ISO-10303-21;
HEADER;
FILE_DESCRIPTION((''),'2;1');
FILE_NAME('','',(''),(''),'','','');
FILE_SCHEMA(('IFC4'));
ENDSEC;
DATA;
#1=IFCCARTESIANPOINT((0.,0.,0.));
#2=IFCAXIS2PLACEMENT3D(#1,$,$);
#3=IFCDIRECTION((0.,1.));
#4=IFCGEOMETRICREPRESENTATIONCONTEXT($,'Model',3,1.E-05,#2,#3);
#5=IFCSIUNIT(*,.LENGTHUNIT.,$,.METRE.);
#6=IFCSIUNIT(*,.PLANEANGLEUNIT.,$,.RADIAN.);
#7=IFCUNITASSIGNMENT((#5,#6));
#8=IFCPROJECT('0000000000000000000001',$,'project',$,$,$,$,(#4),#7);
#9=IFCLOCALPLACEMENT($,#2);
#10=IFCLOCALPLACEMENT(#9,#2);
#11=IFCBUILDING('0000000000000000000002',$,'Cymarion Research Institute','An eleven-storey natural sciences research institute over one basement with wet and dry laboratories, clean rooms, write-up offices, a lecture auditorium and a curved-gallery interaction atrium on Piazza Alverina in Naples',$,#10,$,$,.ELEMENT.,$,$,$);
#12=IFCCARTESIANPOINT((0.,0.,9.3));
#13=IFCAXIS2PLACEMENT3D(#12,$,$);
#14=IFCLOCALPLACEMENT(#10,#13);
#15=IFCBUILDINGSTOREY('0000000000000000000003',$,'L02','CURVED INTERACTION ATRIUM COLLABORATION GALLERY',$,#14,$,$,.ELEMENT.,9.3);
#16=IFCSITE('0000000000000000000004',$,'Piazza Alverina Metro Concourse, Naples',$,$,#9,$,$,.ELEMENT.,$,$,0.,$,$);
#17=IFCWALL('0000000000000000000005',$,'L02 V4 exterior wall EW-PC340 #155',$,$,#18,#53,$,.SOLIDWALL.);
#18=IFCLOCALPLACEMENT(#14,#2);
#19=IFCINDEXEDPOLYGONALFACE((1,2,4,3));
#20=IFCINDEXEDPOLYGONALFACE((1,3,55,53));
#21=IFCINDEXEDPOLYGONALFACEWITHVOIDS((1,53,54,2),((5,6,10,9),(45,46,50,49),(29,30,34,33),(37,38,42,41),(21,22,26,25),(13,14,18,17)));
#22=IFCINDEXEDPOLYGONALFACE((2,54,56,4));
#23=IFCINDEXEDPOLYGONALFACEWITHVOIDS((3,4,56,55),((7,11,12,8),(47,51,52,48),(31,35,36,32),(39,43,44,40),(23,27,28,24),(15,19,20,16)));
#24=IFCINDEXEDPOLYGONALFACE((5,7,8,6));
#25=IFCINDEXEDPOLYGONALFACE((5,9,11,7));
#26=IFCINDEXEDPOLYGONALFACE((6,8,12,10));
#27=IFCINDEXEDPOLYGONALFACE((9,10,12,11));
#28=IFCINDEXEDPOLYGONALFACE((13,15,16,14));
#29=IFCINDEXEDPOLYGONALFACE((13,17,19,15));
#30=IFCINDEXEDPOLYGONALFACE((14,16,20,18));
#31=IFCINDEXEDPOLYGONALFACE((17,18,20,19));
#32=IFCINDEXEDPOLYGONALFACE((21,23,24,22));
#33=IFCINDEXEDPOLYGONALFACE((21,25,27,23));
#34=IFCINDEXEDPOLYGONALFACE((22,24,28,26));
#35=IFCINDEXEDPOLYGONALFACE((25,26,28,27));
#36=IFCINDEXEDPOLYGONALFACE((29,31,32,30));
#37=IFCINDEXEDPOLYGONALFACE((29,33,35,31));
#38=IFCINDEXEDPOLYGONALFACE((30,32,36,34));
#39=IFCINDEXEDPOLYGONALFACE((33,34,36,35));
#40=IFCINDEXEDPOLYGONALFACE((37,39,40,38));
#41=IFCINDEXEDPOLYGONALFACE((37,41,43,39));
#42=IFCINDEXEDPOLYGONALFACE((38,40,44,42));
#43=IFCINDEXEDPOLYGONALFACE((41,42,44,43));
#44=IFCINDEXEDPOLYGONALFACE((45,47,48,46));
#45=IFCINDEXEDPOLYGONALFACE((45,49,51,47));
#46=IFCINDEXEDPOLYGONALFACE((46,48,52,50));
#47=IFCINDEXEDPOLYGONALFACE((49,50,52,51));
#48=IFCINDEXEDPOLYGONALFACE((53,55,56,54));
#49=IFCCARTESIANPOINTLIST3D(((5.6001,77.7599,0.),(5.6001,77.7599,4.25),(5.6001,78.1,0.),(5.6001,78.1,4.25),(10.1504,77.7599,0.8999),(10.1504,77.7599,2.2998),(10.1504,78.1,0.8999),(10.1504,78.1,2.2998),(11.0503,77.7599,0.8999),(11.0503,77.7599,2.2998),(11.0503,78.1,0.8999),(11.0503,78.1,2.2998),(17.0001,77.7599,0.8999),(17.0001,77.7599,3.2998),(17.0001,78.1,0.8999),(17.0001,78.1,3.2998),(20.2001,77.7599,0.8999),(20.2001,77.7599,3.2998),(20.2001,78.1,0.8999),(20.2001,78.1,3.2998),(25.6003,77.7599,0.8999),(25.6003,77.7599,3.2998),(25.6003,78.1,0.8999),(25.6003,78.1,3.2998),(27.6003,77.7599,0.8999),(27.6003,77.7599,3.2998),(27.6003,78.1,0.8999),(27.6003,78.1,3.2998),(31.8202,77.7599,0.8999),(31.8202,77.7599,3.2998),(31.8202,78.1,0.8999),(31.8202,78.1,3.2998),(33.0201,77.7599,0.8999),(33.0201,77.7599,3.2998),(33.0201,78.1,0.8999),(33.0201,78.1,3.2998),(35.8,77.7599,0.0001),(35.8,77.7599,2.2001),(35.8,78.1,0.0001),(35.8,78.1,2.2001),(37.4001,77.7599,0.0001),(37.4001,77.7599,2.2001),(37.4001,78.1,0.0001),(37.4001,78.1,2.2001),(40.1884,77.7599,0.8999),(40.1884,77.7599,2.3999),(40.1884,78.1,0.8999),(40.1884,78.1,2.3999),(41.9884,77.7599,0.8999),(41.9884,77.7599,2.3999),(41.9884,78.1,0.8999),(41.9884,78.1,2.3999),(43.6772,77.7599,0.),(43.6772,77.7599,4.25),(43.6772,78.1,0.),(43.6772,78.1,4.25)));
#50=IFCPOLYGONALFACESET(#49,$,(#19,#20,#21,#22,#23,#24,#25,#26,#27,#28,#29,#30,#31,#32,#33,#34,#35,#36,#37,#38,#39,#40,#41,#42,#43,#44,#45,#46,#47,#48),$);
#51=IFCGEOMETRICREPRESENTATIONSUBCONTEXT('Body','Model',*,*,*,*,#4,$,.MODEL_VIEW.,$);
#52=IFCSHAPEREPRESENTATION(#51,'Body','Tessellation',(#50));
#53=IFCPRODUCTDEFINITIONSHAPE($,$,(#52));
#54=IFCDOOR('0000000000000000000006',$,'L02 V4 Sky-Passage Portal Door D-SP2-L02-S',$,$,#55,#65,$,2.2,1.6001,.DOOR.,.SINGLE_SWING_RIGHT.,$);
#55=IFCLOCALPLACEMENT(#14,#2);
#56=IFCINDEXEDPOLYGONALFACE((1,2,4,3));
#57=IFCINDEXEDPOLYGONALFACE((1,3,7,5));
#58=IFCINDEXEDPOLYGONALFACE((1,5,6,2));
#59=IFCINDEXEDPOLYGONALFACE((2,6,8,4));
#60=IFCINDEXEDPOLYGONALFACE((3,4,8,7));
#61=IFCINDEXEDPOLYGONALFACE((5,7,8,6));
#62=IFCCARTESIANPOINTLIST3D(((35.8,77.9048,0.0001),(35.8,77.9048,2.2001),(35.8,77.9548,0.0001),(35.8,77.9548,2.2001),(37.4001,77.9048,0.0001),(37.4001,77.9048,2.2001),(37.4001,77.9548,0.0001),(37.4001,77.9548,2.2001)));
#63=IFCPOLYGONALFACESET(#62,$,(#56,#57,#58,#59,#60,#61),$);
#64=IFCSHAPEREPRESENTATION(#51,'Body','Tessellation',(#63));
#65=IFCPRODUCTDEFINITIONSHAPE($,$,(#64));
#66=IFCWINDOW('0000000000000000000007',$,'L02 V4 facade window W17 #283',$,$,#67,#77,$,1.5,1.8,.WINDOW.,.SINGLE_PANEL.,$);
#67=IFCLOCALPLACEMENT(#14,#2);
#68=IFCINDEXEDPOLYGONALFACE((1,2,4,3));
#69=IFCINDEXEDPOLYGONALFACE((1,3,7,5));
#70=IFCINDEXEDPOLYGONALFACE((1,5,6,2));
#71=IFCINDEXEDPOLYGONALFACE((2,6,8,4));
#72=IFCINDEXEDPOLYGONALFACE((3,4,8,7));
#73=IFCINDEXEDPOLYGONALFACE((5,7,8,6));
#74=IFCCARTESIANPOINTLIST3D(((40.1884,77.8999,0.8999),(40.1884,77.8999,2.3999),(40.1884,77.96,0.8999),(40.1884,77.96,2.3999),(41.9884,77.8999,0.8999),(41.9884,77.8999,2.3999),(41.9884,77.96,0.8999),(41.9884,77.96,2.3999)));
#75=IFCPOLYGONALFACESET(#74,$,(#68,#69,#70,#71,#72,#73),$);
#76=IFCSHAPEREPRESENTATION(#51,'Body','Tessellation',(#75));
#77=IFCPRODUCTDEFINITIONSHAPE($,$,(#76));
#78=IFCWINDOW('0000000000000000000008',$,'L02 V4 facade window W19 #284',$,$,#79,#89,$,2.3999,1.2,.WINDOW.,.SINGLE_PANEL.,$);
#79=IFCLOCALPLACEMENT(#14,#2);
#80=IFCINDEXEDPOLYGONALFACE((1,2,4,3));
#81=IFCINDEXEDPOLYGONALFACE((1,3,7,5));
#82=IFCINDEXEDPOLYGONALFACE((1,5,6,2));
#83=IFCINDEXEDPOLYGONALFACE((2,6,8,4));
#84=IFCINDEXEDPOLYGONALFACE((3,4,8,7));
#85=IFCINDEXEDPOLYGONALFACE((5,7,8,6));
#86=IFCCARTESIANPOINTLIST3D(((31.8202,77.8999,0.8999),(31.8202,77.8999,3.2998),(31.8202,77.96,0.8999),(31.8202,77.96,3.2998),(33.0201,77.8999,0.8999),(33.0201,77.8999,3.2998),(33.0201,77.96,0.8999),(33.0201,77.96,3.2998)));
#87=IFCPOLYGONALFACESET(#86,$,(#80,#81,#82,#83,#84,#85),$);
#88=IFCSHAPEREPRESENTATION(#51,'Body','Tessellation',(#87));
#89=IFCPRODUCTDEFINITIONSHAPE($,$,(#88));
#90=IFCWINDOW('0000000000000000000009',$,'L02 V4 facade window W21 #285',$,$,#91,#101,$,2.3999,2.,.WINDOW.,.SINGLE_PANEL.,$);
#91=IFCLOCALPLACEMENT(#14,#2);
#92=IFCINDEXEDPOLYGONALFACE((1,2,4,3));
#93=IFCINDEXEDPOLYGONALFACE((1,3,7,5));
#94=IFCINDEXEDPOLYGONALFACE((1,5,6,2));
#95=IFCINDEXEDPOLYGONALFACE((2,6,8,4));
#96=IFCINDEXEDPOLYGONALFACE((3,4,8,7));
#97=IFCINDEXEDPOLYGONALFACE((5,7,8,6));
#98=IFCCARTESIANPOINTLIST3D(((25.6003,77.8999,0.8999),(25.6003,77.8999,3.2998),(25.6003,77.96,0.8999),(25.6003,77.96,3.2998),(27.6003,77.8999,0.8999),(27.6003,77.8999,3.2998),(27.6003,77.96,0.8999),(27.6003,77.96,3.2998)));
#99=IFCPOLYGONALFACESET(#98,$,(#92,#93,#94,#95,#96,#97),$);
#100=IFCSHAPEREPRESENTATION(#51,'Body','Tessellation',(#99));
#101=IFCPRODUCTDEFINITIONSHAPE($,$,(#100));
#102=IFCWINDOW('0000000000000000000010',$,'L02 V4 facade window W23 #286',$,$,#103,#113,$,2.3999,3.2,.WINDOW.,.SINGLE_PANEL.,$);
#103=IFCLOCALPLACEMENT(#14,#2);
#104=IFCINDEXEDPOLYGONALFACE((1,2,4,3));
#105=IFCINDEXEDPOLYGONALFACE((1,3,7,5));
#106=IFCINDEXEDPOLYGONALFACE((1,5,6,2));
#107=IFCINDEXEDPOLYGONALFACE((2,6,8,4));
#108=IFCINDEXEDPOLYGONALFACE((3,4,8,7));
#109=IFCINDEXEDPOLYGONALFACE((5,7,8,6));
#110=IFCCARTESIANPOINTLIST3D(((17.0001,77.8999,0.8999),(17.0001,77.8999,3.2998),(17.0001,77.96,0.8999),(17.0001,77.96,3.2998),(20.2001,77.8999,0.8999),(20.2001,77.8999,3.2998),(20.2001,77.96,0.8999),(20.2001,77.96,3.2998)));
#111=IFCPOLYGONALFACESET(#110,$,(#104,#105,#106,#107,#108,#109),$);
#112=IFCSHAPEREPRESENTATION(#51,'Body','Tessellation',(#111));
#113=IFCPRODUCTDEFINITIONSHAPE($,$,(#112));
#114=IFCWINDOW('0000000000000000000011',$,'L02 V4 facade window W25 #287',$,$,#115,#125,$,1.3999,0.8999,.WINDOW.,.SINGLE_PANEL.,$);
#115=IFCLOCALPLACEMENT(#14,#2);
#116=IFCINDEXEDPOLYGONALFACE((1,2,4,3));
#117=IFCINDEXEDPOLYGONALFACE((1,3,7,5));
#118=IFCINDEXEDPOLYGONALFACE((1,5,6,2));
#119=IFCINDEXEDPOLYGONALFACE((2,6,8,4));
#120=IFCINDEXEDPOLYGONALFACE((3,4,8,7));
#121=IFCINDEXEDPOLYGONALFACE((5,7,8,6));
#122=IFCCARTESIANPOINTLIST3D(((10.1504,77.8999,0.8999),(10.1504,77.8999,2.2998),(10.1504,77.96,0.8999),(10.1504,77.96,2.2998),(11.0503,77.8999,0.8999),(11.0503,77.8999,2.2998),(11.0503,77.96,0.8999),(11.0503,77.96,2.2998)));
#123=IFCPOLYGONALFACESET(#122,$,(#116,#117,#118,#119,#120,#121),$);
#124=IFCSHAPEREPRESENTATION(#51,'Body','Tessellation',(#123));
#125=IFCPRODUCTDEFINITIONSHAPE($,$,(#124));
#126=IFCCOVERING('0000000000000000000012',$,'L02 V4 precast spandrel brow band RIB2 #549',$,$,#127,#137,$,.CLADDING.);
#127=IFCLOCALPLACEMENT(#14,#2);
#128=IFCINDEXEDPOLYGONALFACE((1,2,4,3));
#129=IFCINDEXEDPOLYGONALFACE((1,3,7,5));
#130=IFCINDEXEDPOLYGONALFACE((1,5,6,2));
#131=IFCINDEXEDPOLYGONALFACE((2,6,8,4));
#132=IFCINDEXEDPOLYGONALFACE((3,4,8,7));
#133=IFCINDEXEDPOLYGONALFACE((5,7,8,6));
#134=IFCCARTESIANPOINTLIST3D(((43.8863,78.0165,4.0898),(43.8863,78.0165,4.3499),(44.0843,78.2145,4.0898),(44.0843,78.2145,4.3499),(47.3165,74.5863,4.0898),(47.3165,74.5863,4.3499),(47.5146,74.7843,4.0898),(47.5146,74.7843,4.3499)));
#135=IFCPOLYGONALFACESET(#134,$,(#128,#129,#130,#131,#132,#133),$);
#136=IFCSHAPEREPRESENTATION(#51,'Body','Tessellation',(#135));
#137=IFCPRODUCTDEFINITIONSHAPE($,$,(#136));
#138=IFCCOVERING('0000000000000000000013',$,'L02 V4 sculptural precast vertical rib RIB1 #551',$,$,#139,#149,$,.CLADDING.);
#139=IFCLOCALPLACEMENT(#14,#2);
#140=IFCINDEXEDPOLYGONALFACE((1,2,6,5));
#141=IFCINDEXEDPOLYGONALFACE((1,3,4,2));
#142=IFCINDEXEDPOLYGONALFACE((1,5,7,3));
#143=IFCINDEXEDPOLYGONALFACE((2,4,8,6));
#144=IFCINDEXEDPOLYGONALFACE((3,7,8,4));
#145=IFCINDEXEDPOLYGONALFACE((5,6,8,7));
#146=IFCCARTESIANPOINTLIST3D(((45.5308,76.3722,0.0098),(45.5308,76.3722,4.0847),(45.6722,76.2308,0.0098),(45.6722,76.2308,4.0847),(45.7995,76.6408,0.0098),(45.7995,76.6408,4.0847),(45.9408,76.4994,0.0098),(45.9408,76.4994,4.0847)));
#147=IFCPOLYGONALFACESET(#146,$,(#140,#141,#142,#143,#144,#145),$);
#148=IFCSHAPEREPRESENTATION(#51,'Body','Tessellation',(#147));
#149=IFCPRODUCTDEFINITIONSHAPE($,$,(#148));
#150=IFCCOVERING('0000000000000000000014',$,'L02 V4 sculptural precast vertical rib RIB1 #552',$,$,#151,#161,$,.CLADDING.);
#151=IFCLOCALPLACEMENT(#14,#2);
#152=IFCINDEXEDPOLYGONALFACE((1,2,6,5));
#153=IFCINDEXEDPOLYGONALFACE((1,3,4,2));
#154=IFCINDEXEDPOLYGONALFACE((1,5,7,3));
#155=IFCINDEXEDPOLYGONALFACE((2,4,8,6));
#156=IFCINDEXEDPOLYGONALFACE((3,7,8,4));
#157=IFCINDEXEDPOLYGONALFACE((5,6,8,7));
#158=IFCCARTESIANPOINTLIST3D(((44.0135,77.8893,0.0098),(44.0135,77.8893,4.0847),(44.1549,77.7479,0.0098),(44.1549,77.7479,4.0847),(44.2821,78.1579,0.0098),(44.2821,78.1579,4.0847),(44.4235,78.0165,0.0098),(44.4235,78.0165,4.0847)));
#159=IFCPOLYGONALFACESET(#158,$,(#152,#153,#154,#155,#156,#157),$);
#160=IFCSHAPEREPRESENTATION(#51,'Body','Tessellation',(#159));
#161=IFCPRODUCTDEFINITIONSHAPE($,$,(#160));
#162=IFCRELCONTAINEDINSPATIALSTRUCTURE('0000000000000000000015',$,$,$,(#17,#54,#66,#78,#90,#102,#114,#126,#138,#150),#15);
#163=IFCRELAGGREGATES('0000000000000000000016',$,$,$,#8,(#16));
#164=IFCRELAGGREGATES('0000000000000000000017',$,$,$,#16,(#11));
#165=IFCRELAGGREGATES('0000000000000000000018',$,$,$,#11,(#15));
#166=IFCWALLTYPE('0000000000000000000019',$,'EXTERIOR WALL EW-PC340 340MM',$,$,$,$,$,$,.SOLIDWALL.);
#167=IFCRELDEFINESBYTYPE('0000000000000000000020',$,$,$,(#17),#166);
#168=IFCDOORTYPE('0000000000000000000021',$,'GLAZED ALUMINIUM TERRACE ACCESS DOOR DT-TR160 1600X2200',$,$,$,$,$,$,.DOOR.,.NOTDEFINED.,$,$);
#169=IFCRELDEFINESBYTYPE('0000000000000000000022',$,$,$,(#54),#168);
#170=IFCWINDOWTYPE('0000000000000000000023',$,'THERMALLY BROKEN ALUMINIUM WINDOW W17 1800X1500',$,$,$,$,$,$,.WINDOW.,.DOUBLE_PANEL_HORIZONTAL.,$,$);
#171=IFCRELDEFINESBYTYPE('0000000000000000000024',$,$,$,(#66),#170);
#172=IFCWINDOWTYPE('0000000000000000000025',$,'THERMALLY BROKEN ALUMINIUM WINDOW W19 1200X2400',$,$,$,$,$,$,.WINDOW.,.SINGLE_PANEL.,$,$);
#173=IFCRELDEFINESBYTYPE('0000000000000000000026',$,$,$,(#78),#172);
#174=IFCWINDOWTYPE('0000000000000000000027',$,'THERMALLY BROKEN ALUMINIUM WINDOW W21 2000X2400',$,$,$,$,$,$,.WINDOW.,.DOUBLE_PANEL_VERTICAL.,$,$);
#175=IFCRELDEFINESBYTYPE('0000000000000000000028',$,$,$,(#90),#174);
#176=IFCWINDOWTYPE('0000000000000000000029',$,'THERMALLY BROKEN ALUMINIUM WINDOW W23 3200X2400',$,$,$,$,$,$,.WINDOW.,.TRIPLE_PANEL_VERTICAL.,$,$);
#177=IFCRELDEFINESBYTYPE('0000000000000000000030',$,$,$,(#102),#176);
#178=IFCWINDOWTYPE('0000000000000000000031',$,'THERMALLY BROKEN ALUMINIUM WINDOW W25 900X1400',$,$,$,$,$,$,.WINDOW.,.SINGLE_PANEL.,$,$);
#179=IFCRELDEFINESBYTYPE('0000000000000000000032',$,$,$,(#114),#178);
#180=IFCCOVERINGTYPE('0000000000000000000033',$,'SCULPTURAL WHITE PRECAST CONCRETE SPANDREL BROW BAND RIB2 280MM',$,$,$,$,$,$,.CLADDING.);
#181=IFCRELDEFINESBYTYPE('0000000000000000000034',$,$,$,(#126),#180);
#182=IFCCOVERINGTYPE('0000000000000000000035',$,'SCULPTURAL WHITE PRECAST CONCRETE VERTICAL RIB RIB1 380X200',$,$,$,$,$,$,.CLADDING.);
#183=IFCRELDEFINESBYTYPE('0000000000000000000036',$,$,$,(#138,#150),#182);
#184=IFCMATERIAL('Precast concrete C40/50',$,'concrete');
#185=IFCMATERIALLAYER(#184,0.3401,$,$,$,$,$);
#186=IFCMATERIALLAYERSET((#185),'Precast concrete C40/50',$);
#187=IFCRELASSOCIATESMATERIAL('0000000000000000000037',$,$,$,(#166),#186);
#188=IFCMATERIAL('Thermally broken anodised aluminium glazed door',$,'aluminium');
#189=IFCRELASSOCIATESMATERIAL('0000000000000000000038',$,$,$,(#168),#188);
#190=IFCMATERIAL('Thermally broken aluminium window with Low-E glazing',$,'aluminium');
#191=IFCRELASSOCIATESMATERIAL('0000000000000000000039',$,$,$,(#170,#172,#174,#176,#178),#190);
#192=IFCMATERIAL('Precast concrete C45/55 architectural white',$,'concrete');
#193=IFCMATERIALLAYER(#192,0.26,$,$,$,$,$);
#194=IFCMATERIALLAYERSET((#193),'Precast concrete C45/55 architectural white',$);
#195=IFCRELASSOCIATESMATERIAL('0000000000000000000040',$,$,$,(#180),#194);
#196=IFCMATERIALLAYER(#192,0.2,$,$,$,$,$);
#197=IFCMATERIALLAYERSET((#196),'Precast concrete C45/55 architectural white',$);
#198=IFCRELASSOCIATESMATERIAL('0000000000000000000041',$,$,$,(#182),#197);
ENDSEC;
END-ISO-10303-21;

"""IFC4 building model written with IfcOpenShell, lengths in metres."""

from ifc_helpers import new_model, si_unit, direction, frame, frame_2d, origin, origin_2d, place, context, subcontext, project, spatial, rectangle, extrude, material, layer, layer_set, type_object, element, fill, save


model = new_model("IFC4")

# Units and contexts
model_context = context("Model", 3, precision=1e-05, world=origin(), true_north=direction((0.0, 1.0)))
body_context = subcontext(model_context, "Body", "Model", "MODEL_VIEW")
ifc_project = project(units=[si_unit("LENGTHUNIT", "METRE"), si_unit("PLANEANGLEUNIT", "RADIAN")], contexts=[model_context])

# Site, building, storey
site_placement = place(None, origin())
site = spatial("IfcSite", under=ifc_project, at=site_placement, Name="Piazza Alverina Metro Concourse, Naples", CompositionType="ELEMENT", RefElevation=0.0)
building_placement = place(site_placement, origin())
building = spatial("IfcBuilding", under=site, at=building_placement, Name="Cymarion Research Institute", Description="An eleven-storey natural sciences research institute over one basement with wet and dry laboratories, clean rooms, write-up offices, a lecture auditorium and a curved-gallery interaction atrium on Piazza Alverina in Naples", CompositionType="ELEMENT")
storey_placement = place(building_placement, frame((0.0, 0.0, 9.3)))
storey = spatial("IfcBuildingStorey", under=building, at=storey_placement, Name="L02", Description="CURVED INTERACTION ATRIUM COLLABORATION GALLERY", CompositionType="ELEMENT", Elevation=9.3)

# Wall, openings, door, windows
ifc_material_1 = material(Name="Precast concrete C40/50", Category="concrete")
ifc_layer_1 = layer(ifc_material_1, 0.3401)
ifc_layer_set_1 = layer_set([ifc_layer_1], Name="Precast concrete C40/50")
wall_type = type_object("IfcWallType", Name="EXTERIOR WALL EW-PC340 340MM", PredefinedType="SOLIDWALL", material=ifc_layer_set_1)
wall_placement = place(storey_placement, frame((43.6772, 77.9299, 0.0), z_axis=(0.0, 0.0, 1.0), x_axis=(-1.0, 0.0, 0.0)))
wall = element("IfcWall", 1, at=wall_placement, inside=storey, type_object=wall_type, Name="L02 V4 exterior wall EW-PC340 #155", PredefinedType="SOLIDWALL", context=body_context, shape_type="SweptSolid", body=[
    extrude(rectangle(XDim=38.0771, YDim=0.3401, at=frame_2d((19.0386, 0.0))), origin(), (0.0, 0.0, 1.0), 4.25),
])
opening_1_placement = place(wall_placement, frame((6.2771, 0.0, 0.0)))
opening_1 = element("IfcOpeningElement", 2, at=opening_1_placement, cuts=wall, PredefinedType="OPENING", context=body_context, shape_type="SweptSolid", body=[
    extrude(rectangle(XDim=1.6001, YDim=2.2, at=frame_2d((0.8, 1.1001))), frame((0.0, 0.1799, 0.0), z_axis=(0.0, -1.0, 0.0), x_axis=(1.0, 0.0, 0.0)), (0.0, 0.0, 1.0), 0.3601),
])
opening_2_placement = place(wall_placement, frame((1.689, 0.0, 0.8999)))
opening_2 = element("IfcOpeningElement", 3, at=opening_2_placement, cuts=wall, PredefinedType="OPENING", context=body_context, shape_type="SweptSolid", body=[
    extrude(rectangle(XDim=1.8, YDim=1.5, at=frame_2d((0.8999, 0.75))), frame((0.0, 0.1799, 0.0), z_axis=(0.0, -1.0, 0.0), x_axis=(1.0, 0.0, 0.0)), (0.0, 0.0, 1.0), 0.3601),
])
opening_3_placement = place(wall_placement, frame((10.657, 0.0, 0.8999)))
opening_3 = element("IfcOpeningElement", 4, at=opening_3_placement, cuts=wall, PredefinedType="OPENING", context=body_context, shape_type="SweptSolid", body=[
    extrude(rectangle(XDim=1.2, YDim=2.3999, at=frame_2d((0.6001, 1.2))), frame((0.0, 0.1799, 0.0), z_axis=(0.0, -1.0, 0.0), x_axis=(1.0, 0.0, 0.0)), (0.0, 0.0, 1.0), 0.3601),
])
opening_4_placement = place(wall_placement, frame((16.0769, 0.0, 0.8999)))
opening_4 = element("IfcOpeningElement", 5, at=opening_4_placement, cuts=wall, PredefinedType="OPENING", context=body_context, shape_type="SweptSolid", body=[
    extrude(rectangle(XDim=2.0, YDim=2.3999, at=frame_2d((1.0, 1.2))), frame((0.0, 0.1799, 0.0), z_axis=(0.0, -1.0, 0.0), x_axis=(1.0, 0.0, 0.0)), (0.0, 0.0, 1.0), 0.3601),
])
opening_5_placement = place(wall_placement, frame((23.4771, 0.0, 0.8999)))
opening_5 = element("IfcOpeningElement", 6, at=opening_5_placement, cuts=wall, PredefinedType="OPENING", context=body_context, shape_type="SweptSolid", body=[
    extrude(rectangle(XDim=3.2, YDim=2.3999, at=frame_2d((1.6001, 1.2))), frame((0.0, 0.1799, 0.0), z_axis=(0.0, -1.0, 0.0), x_axis=(1.0, 0.0, 0.0)), (0.0, 0.0, 1.0), 0.3601),
])
opening_6_placement = place(wall_placement, frame((32.627, 0.0, 0.8999)))
opening_6 = element("IfcOpeningElement", 7, at=opening_6_placement, cuts=wall, PredefinedType="OPENING", context=body_context, shape_type="SweptSolid", body=[
    extrude(rectangle(XDim=0.8999, YDim=1.3999, at=frame_2d((0.45, 0.7))), frame((0.0, 0.1799, 0.0), z_axis=(0.0, -1.0, 0.0), x_axis=(1.0, 0.0, 0.0)), (0.0, 0.0, 1.0), 0.3601),
])
ifc_material_2 = material(Name="Thermally broken anodised aluminium glazed door", Category="aluminium")
door_type = type_object("IfcDoorType", Name="GLAZED ALUMINIUM TERRACE ACCESS DOOR DT-TR160 1600X2200", OperationType="NOTDEFINED", PredefinedType="DOOR", material=ifc_material_2)
door_placement = place(opening_1_placement, frame((1.6001, 0.0, 0.0), z_axis=(0.0, 0.0, 1.0), x_axis=(-1.0, 0.0, 0.0)))
door = element("IfcDoor", 8, at=door_placement, inside=storey, type_object=door_type, Name="L02 V4 Sky-Passage Portal Door D-SP2-L02-S", OperationType="SINGLE_SWING_RIGHT", OverallHeight=2.2, OverallWidth=1.6001, PredefinedType="DOOR", context=body_context, shape_type="SweptSolid", body=[
    extrude(rectangle(XDim=1.6001, YDim=2.2, at=frame_2d((0.8, 1.1001))), frame((0.0, 0.0249, 0.0), z_axis=(0.0, -1.0, 0.0), x_axis=(1.0, 0.0, 0.0)), (0.0, 0.0, 1.0), 0.05),
])
fill(opening_1, door)
ifc_material_3 = material(Name="Thermally broken aluminium window with Low-E glazing", Category="aluminium")
window_type_1 = type_object("IfcWindowType", Name="THERMALLY BROKEN ALUMINIUM WINDOW W17 1800X1500", PartitioningType="DOUBLE_PANEL_HORIZONTAL", PredefinedType="WINDOW", material=ifc_material_3)
window_1_placement = place(opening_2_placement, origin())
window_1 = element("IfcWindow", 9, at=window_1_placement, inside=storey, type_object=window_type_1, Name="L02 V4 facade window W17 #283", OverallHeight=1.5, OverallWidth=1.8, PartitioningType="SINGLE_PANEL", PredefinedType="WINDOW", context=body_context, shape_type="SweptSolid", body=[
    extrude(rectangle(XDim=1.8, YDim=1.5, at=frame_2d((0.8999, 0.75))), frame((0.0, 0.03, 0.0), z_axis=(0.0, -1.0, 0.0), x_axis=(1.0, 0.0, 0.0)), (0.0, 0.0, 1.0), 0.0601),
])
fill(opening_2, window_1)
window_type_2 = type_object("IfcWindowType", Name="THERMALLY BROKEN ALUMINIUM WINDOW W19 1200X2400", PartitioningType="SINGLE_PANEL", PredefinedType="WINDOW", material=ifc_material_3)
window_2_placement = place(opening_3_placement, origin())
window_2 = element("IfcWindow", 10, at=window_2_placement, inside=storey, type_object=window_type_2, Name="L02 V4 facade window W19 #284", OverallHeight=2.3999, OverallWidth=1.2, PartitioningType="SINGLE_PANEL", PredefinedType="WINDOW", context=body_context, shape_type="SweptSolid", body=[
    extrude(rectangle(XDim=1.2, YDim=2.3999, at=frame_2d((0.6001, 1.2))), frame((0.0, 0.03, 0.0), z_axis=(0.0, -1.0, 0.0), x_axis=(1.0, 0.0, 0.0)), (0.0, 0.0, 1.0), 0.0601),
])
fill(opening_3, window_2)
window_type_3 = type_object("IfcWindowType", Name="THERMALLY BROKEN ALUMINIUM WINDOW W21 2000X2400", PartitioningType="DOUBLE_PANEL_VERTICAL", PredefinedType="WINDOW", material=ifc_material_3)
window_3_placement = place(opening_4_placement, origin())
window_3 = element("IfcWindow", 11, at=window_3_placement, inside=storey, type_object=window_type_3, Name="L02 V4 facade window W21 #285", OverallHeight=2.3999, OverallWidth=2.0, PartitioningType="SINGLE_PANEL", PredefinedType="WINDOW", context=body_context, shape_type="SweptSolid", body=[
    extrude(rectangle(XDim=2.0, YDim=2.3999, at=frame_2d((1.0, 1.2))), frame((0.0, 0.03, 0.0), z_axis=(0.0, -1.0, 0.0), x_axis=(1.0, 0.0, 0.0)), (0.0, 0.0, 1.0), 0.0601),
])
fill(opening_4, window_3)
window_type_4 = type_object("IfcWindowType", Name="THERMALLY BROKEN ALUMINIUM WINDOW W23 3200X2400", PartitioningType="TRIPLE_PANEL_VERTICAL", PredefinedType="WINDOW", material=ifc_material_3)
window_4_placement = place(opening_5_placement, origin())
window_4 = element("IfcWindow", 12, at=window_4_placement, inside=storey, type_object=window_type_4, Name="L02 V4 facade window W23 #286", OverallHeight=2.3999, OverallWidth=3.2, PartitioningType="SINGLE_PANEL", PredefinedType="WINDOW", context=body_context, shape_type="SweptSolid", body=[
    extrude(rectangle(XDim=3.2, YDim=2.3999, at=frame_2d((1.6001, 1.2))), frame((0.0, 0.03, 0.0), z_axis=(0.0, -1.0, 0.0), x_axis=(1.0, 0.0, 0.0)), (0.0, 0.0, 1.0), 0.0601),
])
fill(opening_5, window_4)
window_type_5 = type_object("IfcWindowType", Name="THERMALLY BROKEN ALUMINIUM WINDOW W25 900X1400", PartitioningType="SINGLE_PANEL", PredefinedType="WINDOW", material=ifc_material_3)
window_5_placement = place(opening_6_placement, origin())
window_5 = element("IfcWindow", 13, at=window_5_placement, inside=storey, type_object=window_type_5, Name="L02 V4 facade window W25 #287", OverallHeight=1.3999, OverallWidth=0.8999, PartitioningType="SINGLE_PANEL", PredefinedType="WINDOW", context=body_context, shape_type="SweptSolid", body=[
    extrude(rectangle(XDim=0.8999, YDim=1.3999, at=frame_2d((0.45, 0.7))), frame((0.0, 0.03, 0.0), z_axis=(0.0, -1.0, 0.0), x_axis=(1.0, 0.0, 0.0)), (0.0, 0.0, 1.0), 0.0601),
])
fill(opening_6, window_5)

# Coverings
ifc_material_4 = material(Name="Precast concrete C45/55 architectural white", Category="concrete")
ifc_layer_2 = layer(ifc_material_4, 0.26)
ifc_layer_set_2 = layer_set([ifc_layer_2], Name="Precast concrete C45/55 architectural white")
covering_type_1 = type_object("IfcCoveringType", Name="SCULPTURAL WHITE PRECAST CONCRETE SPANDREL BROW BAND RIB2 280MM", PredefinedType="CLADDING", material=ifc_layer_set_2)
covering_placement = place(storey_placement, frame((45.7004, 76.4004, 4.0898), z_axis=(0.0, 0.0, 1.0), x_axis=(0.707107, 0.707107, 0.0)))
element("IfcCovering", 14, at=covering_placement, inside=storey, type_object=covering_type_1, Name="L02 V4 precast spandrel brow band RIB2 #549", PredefinedType="CLADDING", context=body_context, shape_type="SweptSolid", body=[
    extrude(rectangle(XDim=0.28, YDim=4.8511, at=origin_2d()), origin(), (0.0, 0.0, 1.0), 0.26),
])
ifc_layer_3 = layer(ifc_material_4, 0.2)
ifc_layer_set_3 = layer_set([ifc_layer_3], Name="Precast concrete C45/55 architectural white")
covering_type_2 = type_object("IfcCoveringType", Name="SCULPTURAL WHITE PRECAST CONCRETE VERTICAL RIB RIB1 380X200", PredefinedType="CLADDING", material=ifc_layer_set_3)
for number, where, z_axis, x_axis, name in (
    (15, (45.7358, 76.4358, 0.0098), (0.0, 0.0, 1.0), (0.707107, 0.707107, 0.0), "L02 V4 sculptural precast vertical rib RIB1 #551"),
    (16, (44.2185, 77.9529, 0.0098), (0.0, 0.0, 1.0), (0.707107, 0.707107, 0.0), "L02 V4 sculptural precast vertical rib RIB1 #552"),
):
    element("IfcCovering", number, at=place(storey_placement, frame(where, z_axis=z_axis, x_axis=x_axis)), inside=storey, type_object=covering_type_2, Name=name, PredefinedType="CLADDING", context=body_context, shape_type="SweptSolid", body=[
        extrude(rectangle(XDim=0.3799, YDim=0.2, at=origin_2d()), origin(), (0.0, 0.0, 1.0), 4.075),
    ])

save(model, "model.ifc")
